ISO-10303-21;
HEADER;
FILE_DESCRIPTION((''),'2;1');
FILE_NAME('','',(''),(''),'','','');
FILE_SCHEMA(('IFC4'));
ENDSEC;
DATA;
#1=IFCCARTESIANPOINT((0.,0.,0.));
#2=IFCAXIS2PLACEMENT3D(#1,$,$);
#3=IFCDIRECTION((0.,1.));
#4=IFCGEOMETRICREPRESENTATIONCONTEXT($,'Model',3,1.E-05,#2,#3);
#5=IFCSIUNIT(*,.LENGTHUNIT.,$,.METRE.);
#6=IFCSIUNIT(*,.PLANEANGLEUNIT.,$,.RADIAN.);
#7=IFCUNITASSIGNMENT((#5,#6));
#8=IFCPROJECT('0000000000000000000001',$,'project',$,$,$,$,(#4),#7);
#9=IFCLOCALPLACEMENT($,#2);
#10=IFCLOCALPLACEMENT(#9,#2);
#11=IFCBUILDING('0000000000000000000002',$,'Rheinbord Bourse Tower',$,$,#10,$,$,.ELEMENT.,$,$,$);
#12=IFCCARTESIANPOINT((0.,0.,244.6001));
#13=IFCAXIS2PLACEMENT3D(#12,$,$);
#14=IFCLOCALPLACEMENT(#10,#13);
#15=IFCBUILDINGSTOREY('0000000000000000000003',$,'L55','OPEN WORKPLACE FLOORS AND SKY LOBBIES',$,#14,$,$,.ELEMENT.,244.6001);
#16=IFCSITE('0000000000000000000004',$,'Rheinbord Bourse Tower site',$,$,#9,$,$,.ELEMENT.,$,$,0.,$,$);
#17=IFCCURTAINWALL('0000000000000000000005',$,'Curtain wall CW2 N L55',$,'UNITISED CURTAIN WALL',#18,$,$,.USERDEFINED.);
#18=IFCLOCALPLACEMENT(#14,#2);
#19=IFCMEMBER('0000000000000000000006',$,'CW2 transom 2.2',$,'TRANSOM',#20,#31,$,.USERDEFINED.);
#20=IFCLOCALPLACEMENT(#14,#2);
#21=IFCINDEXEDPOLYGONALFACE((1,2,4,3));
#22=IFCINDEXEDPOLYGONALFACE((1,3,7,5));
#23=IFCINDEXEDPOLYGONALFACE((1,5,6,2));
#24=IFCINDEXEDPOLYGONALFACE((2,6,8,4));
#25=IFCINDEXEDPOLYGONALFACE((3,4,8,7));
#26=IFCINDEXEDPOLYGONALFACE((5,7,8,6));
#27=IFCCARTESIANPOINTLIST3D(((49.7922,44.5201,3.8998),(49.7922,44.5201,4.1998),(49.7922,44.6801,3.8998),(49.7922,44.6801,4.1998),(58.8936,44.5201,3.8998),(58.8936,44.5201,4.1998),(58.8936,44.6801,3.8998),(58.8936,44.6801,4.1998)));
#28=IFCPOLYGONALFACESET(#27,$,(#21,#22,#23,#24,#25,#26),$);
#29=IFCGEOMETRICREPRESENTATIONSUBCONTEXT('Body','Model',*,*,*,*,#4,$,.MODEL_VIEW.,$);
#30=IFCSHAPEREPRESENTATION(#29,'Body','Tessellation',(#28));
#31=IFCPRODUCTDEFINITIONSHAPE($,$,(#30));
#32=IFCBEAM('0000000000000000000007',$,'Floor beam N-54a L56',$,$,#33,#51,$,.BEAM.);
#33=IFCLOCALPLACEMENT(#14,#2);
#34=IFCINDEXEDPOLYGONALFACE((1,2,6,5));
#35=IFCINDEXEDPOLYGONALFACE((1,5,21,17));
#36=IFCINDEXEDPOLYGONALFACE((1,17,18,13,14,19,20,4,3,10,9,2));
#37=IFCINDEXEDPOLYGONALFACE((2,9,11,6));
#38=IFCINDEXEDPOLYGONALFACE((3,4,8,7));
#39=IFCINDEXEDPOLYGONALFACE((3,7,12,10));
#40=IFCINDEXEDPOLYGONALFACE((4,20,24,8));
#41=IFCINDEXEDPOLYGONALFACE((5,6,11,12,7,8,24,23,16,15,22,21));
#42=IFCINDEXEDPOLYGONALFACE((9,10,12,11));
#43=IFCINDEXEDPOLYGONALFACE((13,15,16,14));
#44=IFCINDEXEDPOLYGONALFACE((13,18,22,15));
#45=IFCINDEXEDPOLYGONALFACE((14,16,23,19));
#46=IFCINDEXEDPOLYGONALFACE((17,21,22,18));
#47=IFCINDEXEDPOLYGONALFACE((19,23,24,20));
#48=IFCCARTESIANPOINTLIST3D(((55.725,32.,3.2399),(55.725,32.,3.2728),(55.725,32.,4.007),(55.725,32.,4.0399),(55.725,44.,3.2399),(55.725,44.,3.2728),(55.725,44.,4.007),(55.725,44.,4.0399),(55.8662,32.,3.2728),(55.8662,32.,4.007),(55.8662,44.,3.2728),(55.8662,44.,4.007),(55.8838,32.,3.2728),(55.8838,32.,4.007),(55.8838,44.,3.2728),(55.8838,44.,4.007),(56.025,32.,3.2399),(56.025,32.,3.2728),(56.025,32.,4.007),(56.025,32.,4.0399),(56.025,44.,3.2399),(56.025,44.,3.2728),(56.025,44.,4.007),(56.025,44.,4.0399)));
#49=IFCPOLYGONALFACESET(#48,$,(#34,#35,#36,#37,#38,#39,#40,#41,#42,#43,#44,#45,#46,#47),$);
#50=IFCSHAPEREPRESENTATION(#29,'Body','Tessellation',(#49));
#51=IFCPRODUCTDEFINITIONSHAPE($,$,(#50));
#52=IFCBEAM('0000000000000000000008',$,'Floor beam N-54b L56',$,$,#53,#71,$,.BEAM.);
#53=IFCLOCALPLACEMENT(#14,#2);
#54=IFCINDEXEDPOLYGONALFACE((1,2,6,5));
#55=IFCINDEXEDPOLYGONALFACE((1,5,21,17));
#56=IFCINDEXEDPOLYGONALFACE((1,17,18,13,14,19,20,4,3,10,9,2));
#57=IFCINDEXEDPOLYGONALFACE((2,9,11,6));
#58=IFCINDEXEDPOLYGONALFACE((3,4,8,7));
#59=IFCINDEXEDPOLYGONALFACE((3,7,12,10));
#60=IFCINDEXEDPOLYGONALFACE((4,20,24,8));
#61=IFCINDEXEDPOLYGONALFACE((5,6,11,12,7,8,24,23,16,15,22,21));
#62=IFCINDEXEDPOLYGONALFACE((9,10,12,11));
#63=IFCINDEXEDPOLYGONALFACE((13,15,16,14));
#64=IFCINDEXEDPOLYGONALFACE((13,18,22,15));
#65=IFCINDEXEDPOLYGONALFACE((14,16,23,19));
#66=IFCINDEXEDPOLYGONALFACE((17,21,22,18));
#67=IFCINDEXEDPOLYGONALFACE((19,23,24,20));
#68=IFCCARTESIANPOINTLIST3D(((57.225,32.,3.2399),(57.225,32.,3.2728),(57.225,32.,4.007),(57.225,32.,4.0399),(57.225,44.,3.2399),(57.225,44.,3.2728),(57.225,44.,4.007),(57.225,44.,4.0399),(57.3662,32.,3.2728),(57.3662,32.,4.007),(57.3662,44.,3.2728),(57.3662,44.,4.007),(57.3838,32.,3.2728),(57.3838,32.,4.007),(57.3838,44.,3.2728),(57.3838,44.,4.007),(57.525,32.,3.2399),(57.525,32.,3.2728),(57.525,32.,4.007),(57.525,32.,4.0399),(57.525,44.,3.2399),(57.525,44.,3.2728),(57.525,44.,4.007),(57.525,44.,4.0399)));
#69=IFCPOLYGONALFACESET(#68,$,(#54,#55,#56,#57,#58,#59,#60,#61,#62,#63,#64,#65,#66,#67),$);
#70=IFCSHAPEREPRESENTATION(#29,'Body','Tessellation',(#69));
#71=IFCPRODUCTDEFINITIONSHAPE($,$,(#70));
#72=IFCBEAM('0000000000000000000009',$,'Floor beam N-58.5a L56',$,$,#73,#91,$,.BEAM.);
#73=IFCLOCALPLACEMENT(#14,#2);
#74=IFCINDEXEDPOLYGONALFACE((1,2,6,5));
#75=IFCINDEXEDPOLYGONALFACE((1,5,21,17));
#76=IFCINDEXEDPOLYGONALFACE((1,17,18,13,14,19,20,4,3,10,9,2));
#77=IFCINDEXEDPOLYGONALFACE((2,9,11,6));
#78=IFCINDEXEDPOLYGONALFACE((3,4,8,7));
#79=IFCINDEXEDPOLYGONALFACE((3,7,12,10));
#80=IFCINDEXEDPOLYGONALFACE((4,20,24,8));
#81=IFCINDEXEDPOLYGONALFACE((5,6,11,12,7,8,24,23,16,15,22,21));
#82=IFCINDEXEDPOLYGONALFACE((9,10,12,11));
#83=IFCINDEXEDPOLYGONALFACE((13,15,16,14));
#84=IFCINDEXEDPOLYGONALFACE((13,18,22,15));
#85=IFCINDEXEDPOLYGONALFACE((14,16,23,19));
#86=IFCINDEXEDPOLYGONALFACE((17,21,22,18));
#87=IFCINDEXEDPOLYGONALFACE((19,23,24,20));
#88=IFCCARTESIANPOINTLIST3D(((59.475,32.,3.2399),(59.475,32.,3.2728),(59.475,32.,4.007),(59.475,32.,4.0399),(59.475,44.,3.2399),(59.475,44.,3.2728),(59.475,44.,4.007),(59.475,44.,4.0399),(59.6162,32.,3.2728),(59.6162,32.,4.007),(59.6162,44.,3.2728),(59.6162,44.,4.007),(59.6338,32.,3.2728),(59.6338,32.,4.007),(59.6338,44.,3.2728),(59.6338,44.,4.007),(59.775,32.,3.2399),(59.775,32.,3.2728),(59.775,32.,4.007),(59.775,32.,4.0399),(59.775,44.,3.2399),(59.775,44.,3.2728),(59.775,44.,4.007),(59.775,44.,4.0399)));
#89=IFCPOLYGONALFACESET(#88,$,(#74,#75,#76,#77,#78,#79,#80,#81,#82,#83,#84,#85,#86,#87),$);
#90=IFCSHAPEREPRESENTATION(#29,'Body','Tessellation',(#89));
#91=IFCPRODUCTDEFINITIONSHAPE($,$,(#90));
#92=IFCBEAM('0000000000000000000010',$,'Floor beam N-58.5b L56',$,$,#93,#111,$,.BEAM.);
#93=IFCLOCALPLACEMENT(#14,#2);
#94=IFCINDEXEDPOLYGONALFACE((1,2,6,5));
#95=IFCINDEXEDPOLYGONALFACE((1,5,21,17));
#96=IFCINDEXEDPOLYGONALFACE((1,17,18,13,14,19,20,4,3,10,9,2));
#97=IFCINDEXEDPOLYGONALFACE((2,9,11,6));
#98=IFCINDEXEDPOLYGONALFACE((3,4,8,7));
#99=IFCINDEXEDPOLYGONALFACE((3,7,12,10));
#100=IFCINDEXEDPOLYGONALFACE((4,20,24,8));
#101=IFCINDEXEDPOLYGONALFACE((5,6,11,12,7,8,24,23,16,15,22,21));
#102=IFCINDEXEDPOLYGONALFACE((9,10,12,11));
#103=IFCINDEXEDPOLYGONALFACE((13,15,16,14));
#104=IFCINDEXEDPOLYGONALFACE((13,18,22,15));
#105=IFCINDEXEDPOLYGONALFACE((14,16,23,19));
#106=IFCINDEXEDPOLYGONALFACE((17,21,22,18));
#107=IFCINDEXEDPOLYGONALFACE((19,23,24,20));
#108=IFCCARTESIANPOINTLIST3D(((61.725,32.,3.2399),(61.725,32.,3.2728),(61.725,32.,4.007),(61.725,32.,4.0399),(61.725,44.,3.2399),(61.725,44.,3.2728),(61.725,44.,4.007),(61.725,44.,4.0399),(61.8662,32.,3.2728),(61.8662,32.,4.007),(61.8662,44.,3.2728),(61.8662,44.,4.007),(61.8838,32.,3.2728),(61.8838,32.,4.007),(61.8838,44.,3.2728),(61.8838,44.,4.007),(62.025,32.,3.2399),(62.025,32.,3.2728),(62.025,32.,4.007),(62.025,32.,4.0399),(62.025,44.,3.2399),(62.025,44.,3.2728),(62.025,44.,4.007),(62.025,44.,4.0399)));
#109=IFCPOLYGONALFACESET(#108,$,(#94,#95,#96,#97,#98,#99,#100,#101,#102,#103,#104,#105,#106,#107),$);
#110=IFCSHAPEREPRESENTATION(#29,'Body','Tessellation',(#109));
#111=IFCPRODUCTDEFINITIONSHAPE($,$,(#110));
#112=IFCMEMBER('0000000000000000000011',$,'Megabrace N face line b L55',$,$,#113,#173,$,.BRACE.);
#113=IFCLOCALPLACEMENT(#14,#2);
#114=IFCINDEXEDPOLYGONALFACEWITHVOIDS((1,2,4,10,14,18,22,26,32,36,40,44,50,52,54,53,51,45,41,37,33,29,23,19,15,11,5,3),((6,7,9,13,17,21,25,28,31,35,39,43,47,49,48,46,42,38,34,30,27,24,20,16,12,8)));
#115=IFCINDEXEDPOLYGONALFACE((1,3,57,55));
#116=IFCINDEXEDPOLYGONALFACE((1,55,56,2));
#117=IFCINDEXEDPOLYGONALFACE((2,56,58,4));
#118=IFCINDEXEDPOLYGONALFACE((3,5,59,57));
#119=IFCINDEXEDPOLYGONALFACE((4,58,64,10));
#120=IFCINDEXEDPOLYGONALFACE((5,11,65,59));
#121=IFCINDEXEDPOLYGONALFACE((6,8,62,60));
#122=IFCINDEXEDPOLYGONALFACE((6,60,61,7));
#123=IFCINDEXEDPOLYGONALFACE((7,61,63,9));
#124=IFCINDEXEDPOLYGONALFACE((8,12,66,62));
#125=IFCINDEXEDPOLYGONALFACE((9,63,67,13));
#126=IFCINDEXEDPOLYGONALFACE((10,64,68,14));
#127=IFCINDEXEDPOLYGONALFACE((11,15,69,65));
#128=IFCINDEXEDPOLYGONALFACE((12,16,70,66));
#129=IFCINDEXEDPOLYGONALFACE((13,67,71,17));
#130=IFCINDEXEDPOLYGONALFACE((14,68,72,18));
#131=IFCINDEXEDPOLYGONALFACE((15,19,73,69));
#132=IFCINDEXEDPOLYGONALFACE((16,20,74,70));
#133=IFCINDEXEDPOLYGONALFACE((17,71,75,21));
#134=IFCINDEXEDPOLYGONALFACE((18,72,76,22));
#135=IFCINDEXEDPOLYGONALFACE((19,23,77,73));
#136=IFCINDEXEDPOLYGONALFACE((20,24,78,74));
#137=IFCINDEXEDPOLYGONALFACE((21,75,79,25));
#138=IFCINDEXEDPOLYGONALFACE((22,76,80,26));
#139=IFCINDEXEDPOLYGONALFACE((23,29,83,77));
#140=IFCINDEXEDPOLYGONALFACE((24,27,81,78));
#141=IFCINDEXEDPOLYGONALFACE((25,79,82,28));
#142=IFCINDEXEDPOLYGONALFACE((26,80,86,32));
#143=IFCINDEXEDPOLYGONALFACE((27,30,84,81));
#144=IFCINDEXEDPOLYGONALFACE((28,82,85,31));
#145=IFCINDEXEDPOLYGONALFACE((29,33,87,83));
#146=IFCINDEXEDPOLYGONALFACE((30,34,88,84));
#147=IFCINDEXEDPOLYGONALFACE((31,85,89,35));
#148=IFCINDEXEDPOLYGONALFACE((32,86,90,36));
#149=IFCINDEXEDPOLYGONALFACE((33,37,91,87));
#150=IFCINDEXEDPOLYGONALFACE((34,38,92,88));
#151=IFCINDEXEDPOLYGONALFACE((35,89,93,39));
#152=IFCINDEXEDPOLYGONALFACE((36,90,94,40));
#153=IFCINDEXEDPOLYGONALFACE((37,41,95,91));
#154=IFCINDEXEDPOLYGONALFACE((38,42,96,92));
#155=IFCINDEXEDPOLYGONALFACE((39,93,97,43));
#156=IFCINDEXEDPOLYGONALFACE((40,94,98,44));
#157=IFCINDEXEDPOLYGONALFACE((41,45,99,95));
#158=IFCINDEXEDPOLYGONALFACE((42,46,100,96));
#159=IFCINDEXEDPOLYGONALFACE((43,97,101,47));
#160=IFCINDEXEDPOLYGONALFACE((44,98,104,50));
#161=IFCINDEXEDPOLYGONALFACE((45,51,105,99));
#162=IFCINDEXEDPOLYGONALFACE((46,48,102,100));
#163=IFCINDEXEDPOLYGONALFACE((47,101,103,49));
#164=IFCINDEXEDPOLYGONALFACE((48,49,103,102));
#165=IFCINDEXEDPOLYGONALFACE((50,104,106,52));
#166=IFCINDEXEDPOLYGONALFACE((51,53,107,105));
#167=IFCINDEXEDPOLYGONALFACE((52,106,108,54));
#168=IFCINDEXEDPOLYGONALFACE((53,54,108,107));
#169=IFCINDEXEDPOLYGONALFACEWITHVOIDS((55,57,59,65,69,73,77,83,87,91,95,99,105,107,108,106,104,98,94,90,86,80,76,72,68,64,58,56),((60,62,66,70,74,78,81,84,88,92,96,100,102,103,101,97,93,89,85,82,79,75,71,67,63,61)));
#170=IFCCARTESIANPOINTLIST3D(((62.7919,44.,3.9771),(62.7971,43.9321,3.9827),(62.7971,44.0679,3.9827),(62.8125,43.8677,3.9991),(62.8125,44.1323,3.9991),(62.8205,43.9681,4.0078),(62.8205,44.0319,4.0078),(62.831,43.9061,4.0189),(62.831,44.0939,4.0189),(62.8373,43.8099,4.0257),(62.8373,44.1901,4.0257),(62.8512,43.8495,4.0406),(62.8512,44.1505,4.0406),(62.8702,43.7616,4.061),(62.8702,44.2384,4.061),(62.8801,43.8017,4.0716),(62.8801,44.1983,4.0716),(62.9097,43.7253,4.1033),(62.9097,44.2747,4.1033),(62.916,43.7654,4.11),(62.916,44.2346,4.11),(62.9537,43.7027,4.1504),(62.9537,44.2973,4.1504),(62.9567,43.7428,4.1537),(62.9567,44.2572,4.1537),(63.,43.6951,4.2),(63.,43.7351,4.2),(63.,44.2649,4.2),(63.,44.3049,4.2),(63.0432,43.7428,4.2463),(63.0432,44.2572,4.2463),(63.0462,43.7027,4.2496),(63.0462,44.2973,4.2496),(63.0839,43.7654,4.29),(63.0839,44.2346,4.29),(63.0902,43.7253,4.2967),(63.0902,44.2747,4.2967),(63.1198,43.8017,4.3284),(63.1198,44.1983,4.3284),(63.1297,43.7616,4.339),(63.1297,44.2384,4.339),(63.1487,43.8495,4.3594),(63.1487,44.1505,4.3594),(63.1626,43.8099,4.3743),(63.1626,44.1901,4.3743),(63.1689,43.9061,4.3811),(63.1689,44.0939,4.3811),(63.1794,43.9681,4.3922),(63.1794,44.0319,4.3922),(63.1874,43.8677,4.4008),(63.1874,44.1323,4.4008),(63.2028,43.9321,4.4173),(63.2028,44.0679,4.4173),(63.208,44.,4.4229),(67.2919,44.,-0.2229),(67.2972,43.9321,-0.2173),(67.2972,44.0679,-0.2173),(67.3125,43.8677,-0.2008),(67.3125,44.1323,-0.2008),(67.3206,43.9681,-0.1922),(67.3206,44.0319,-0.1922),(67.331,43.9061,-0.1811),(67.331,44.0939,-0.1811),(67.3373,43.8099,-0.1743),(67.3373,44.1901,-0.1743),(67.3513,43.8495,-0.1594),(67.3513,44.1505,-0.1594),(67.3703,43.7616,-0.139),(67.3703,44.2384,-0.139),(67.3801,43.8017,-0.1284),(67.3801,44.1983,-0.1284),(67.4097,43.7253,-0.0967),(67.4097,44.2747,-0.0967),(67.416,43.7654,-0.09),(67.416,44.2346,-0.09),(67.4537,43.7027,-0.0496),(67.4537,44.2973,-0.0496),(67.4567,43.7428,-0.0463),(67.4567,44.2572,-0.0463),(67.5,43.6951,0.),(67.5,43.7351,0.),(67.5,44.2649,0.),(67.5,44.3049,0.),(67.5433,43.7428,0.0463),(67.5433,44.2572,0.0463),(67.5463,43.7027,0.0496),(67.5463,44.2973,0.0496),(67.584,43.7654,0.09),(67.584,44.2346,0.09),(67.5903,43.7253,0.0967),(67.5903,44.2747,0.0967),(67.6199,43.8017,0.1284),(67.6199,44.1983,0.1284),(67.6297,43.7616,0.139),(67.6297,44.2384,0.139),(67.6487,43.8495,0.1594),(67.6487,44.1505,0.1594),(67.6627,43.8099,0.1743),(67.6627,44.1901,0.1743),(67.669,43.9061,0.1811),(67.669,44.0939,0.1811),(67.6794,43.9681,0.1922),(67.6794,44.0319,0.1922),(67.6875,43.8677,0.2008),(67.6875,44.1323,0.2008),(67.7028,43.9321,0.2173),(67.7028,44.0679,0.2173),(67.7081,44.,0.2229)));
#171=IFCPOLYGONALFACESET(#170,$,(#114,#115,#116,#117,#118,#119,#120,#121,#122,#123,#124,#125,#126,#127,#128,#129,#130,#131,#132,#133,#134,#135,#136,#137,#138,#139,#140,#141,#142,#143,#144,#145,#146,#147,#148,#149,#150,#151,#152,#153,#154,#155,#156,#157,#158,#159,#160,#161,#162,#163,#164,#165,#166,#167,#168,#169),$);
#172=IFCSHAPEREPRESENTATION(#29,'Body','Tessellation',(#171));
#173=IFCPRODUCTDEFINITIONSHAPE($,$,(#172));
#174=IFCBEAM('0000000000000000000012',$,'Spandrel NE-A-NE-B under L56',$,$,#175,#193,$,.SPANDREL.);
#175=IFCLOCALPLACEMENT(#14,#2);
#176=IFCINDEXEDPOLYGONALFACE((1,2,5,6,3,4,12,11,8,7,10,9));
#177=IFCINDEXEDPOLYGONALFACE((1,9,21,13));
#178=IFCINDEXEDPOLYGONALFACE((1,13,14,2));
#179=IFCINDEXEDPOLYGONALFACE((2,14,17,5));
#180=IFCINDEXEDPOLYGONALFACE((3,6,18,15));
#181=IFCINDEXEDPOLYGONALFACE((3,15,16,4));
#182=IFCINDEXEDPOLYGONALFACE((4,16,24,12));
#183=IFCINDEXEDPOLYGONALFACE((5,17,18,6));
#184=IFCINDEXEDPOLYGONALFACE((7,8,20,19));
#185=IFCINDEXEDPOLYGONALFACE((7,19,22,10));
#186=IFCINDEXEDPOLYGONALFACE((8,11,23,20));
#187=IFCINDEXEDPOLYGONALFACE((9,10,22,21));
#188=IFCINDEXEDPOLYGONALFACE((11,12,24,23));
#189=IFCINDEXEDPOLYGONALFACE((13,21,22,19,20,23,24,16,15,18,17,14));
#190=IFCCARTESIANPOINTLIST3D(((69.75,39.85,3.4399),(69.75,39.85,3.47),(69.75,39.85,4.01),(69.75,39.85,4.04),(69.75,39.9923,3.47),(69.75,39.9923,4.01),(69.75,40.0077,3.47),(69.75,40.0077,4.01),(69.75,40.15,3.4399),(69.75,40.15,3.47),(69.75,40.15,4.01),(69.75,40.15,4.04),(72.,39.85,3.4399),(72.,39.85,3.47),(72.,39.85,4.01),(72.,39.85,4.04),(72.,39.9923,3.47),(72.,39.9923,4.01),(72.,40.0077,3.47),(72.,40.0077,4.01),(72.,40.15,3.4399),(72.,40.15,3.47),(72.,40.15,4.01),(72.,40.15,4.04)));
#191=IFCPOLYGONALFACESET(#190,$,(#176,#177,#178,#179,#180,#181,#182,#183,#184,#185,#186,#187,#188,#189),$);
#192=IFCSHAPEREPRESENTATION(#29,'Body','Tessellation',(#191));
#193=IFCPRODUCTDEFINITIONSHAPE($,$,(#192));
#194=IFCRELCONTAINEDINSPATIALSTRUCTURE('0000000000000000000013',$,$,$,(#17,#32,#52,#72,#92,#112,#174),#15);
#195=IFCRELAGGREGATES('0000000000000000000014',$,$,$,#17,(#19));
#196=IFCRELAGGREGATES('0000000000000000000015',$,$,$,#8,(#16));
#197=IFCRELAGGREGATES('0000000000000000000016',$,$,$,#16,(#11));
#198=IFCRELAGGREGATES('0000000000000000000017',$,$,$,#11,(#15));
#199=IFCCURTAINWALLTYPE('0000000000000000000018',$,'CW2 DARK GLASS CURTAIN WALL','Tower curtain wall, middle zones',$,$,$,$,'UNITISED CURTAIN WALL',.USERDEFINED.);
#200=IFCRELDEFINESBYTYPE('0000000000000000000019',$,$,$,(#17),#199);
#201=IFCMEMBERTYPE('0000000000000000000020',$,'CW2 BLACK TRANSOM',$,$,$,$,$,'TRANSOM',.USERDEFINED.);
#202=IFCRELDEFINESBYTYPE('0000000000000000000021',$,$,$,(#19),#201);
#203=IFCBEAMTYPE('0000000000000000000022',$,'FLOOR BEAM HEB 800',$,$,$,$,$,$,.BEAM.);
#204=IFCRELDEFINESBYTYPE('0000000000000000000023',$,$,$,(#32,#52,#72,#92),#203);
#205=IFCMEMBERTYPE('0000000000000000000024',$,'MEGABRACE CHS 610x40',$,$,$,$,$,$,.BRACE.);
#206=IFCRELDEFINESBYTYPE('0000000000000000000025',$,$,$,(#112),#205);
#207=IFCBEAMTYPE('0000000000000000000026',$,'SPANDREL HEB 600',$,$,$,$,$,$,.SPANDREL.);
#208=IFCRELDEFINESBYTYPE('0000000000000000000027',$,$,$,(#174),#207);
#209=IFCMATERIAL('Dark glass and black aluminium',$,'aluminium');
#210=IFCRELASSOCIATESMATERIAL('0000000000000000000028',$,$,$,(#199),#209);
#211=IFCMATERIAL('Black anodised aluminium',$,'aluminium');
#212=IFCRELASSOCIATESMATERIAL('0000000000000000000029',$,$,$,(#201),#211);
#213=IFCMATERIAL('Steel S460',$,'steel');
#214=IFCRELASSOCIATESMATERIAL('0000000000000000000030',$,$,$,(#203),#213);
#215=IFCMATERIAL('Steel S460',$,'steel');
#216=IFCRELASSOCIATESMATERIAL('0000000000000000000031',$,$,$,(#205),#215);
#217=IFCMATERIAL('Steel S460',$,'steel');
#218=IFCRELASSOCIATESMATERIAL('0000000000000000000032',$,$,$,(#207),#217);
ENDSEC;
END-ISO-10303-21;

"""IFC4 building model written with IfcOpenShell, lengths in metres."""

from ifc_helpers import new_model, si_unit, direction, frame, origin, origin_2d, place, context, subcontext, project, spatial, rectangle, hollow_circle, i_section, extrude, material, material_profile, profile_set, type_object, element, aggregate, save


model = new_model("IFC4")

# Units and contexts
model_context = context("Model", 3, precision=1e-05, world=origin(), true_north=direction((0.0, 1.0)))
body_context = subcontext(model_context, "Body", "Model", "MODEL_VIEW")
ifc_project = project(units=[si_unit("LENGTHUNIT", "METRE"), si_unit("PLANEANGLEUNIT", "RADIAN")], contexts=[model_context])

# Site, building, storey
site_placement = place(None, origin())
site = spatial("IfcSite", under=ifc_project, at=site_placement, Name="Rheinbord Bourse Tower site", CompositionType="ELEMENT", RefElevation=0.0)
building_placement = place(site_placement, origin())
building = spatial("IfcBuilding", under=site, at=building_placement, Name="Rheinbord Bourse Tower", CompositionType="ELEMENT")
storey_placement = place(building_placement, frame((0.0, 0.0, 244.6001)))
storey = spatial("IfcBuildingStorey", under=building, at=storey_placement, Name="L55", Description="OPEN WORKPLACE FLOORS AND SKY LOBBIES", CompositionType="ELEMENT", Elevation=244.6001)

# Curtain wall
ifc_material_1 = material(Name="Dark glass and black aluminium", Category="aluminium")
curtain_wall_type = type_object("IfcCurtainWallType", Name="CW2 DARK GLASS CURTAIN WALL", Description="Tower curtain wall, middle zones", ElementType="UNITISED CURTAIN WALL", PredefinedType="USERDEFINED", material=ifc_material_1)
curtain_wall_1_placement = place(storey_placement, origin())
curtain_wall_1 = element("IfcCurtainWall", 1, at=curtain_wall_1_placement, inside=storey, type_object=curtain_wall_type, Name="Curtain wall CW2 N L55", ObjectType="UNITISED CURTAIN WALL", PredefinedType="USERDEFINED")

# Member
ifc_material_2 = material(Name="Black anodised aluminium", Category="aluminium")
ifc_material_profile_1 = material_profile(ifc_material_2, rectangle(XDim=0.1599, YDim=0.3, at=origin_2d()), Name="CW2 TRANSOM 300x160")
ifc_profile_set_1 = profile_set([ifc_material_profile_1], Name="Black anodised aluminium")
member_type_1 = type_object("IfcMemberType", Name="CW2 BLACK TRANSOM", ElementType="TRANSOM", PredefinedType="USERDEFINED", material=ifc_profile_set_1)
member_1_placement = place(storey_placement, frame((58.8936, 44.6001, 4.0498), z_axis=(-1.0, 0.0, 0.0), x_axis=(0.0, -1.0, 0.0)))
member_1 = element("IfcMember", 2, at=member_1_placement, type_object=member_type_1, Name="CW2 transom 2.2", ObjectType="TRANSOM", PredefinedType="USERDEFINED", context=body_context, shape_type="SweptSolid", body=[
    extrude(rectangle(XDim=0.1599, YDim=0.3, at=origin_2d()), origin(), (0.0, 0.0, 1.0), 9.1013),
])

# Beams
ifc_material_3 = material(Name="Steel S460", Category="steel")
ifc_material_profile_2 = material_profile(ifc_material_3, i_section(OverallWidth=0.3, OverallDepth=0.8, WebThickness=0.0176, FlangeThickness=0.033, at=origin_2d()), Name="HEB 800")
ifc_profile_set_2 = profile_set([ifc_material_profile_2], Name="Steel S460")
beam_type_1 = type_object("IfcBeamType", Name="FLOOR BEAM HEB 800", PredefinedType="BEAM", material=ifc_profile_set_2)
for number, where, z_axis, x_axis, name in (
    (3, (55.875, 44.0, 3.6399), (0.0, -1.0, 0.0), (1.0, 0.0, 0.0), "Floor beam N-54a L56"),
    (4, (57.375, 44.0, 3.6399), (0.0, -1.0, 0.0), (1.0, 0.0, 0.0), "Floor beam N-54b L56"),
    (5, (59.625, 44.0, 3.6399), (0.0, -1.0, 0.0), (1.0, 0.0, 0.0), "Floor beam N-58.5a L56"),
    (6, (61.875, 44.0, 3.6399), (0.0, -1.0, 0.0), (1.0, 0.0, 0.0), "Floor beam N-58.5b L56"),
):
    element("IfcBeam", number, at=place(storey_placement, frame(where, z_axis=z_axis, x_axis=x_axis)), inside=storey, type_object=beam_type_1, Name=name, PredefinedType="BEAM", context=body_context, shape_type="SweptSolid", body=[
        extrude(i_section(OverallWidth=0.3, OverallDepth=0.8, WebThickness=0.0176, FlangeThickness=0.033, at=origin_2d()), origin(), (0.0, 0.0, 1.0), 12.0),
    ])

# Member
ifc_material_4 = material(Name="Steel S460", Category="steel")
ifc_material_profile_3 = material_profile(ifc_material_4, hollow_circle(Radius=0.3049, WallThickness=0.04, at=origin_2d()), Name="CHS 610x40")
ifc_profile_set_3 = profile_set([ifc_material_profile_3], Name="Steel S460")
member_type_2 = type_object("IfcMemberType", Name="MEGABRACE CHS 610x40", PredefinedType="BRACE", material=ifc_profile_set_3)
member_2_placement = place(storey_placement, frame((67.5, 44.0, 0.0), z_axis=(-0.731059, 0.0, 0.682314), x_axis=(0.0, -1.0, 0.0)))
element("IfcMember", 7, at=member_2_placement, inside=storey, type_object=member_type_2, Name="Megabrace N face line b L55", PredefinedType="BRACE", context=body_context, shape_type="SweptSolid", body=[
    extrude(hollow_circle(Radius=0.3049, WallThickness=0.04, at=origin_2d()), origin(), (0.0, 0.0, 1.0), 6.1555),
])

# Beam
ifc_material_5 = material(Name="Steel S460", Category="steel")
ifc_material_profile_4 = material_profile(ifc_material_5, i_section(OverallWidth=0.3, OverallDepth=0.6001, WebThickness=0.0154, FlangeThickness=0.03, at=origin_2d()), Name="HEB 600")
ifc_profile_set_4 = profile_set([ifc_material_profile_4], Name="Steel S460")
beam_type_2 = type_object("IfcBeamType", Name="SPANDREL HEB 600", PredefinedType="SPANDREL", material=ifc_profile_set_4)
for number, where, z_axis, x_axis, name in (
    (8, (72.0, 40.0, 3.74), (-1.0, 0.0, 0.0), (0.0, -1.0, 0.0), "Spandrel NE-A-NE-B under L56"),
):
    element("IfcBeam", number, at=place(storey_placement, frame(where, z_axis=z_axis, x_axis=x_axis)), inside=storey, type_object=beam_type_2, Name=name, PredefinedType="SPANDREL", context=body_context, shape_type="SweptSolid", body=[
        extrude(i_section(OverallWidth=0.3, OverallDepth=0.6001, WebThickness=0.0154, FlangeThickness=0.03, at=origin_2d()), origin(), (0.0, 0.0, 1.0), 2.25),
    ])

aggregate(curtain_wall_1, [member_1])

save(model, "model.ifc")
